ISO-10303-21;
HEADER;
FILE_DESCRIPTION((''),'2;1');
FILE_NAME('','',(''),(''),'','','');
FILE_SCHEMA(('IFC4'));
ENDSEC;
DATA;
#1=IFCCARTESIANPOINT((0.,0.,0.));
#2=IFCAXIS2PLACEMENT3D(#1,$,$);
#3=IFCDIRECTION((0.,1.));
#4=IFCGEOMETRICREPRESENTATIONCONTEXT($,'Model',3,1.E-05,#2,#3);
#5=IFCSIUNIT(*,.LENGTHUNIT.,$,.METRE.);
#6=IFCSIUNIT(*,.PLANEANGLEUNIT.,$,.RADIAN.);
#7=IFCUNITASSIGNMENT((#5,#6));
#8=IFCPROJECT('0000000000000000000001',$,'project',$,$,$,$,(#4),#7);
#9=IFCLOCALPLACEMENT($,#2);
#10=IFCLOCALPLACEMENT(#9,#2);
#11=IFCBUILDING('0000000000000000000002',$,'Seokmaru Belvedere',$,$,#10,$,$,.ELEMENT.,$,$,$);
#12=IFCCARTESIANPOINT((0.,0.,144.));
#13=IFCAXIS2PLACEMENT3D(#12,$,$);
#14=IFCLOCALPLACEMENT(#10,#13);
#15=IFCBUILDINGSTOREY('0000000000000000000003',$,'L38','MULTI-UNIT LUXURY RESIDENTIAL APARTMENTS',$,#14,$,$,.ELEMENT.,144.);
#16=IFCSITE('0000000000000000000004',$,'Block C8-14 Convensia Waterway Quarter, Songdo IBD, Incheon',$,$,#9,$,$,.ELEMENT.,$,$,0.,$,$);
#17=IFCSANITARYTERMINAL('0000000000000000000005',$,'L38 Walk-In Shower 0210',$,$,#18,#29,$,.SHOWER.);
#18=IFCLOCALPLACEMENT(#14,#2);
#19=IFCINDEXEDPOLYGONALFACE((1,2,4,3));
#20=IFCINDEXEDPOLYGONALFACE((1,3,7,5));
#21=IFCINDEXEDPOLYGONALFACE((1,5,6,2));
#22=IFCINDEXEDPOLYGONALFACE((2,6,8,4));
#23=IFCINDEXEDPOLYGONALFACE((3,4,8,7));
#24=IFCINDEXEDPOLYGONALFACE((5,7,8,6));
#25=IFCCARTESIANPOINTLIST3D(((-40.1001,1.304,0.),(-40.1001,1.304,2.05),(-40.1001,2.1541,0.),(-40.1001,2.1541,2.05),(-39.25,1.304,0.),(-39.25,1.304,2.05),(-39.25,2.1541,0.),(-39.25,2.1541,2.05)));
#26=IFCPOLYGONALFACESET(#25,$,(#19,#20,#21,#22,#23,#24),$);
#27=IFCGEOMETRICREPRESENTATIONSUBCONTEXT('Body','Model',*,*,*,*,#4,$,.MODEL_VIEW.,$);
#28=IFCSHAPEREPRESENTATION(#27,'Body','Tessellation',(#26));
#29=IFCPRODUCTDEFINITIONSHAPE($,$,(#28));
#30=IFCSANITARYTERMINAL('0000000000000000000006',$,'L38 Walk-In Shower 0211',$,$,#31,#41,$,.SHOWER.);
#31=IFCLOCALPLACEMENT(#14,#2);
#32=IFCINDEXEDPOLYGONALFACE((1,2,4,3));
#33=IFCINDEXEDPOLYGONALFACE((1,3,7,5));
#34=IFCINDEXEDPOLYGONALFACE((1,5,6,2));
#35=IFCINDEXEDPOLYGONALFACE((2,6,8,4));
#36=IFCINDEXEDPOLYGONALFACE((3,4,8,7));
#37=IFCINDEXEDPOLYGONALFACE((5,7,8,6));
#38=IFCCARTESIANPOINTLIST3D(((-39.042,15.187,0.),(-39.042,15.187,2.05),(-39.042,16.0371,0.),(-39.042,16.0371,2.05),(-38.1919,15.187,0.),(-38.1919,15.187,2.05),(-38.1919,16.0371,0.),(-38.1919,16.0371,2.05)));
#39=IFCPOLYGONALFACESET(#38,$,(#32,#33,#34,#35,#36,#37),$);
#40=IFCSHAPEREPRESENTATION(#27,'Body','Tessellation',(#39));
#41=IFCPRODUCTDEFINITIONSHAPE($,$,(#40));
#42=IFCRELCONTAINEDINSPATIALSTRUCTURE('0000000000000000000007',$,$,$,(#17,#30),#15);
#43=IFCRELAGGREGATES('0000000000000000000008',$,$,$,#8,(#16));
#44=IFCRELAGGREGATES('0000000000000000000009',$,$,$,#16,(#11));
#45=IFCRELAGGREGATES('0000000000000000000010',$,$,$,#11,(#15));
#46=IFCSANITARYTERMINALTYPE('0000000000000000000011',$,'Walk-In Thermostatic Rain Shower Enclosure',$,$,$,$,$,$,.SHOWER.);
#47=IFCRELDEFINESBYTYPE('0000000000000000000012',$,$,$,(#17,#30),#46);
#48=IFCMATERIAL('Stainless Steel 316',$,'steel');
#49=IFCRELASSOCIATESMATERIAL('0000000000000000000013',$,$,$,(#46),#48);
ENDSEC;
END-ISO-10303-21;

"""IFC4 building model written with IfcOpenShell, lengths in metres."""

from ifc_helpers import new_model, si_unit, direction, frame, origin, origin_2d, place, context, subcontext, project, spatial, rectangle, extrude, source, transform, mapped, material, type_object, type_shapes, element, save


model = new_model("IFC4")

# Units and contexts
model_context = context("Model", 3, precision=1e-05, world=origin(), true_north=direction((0.0, 1.0)))
body_context = subcontext(model_context, "Body", "Model", "MODEL_VIEW")
ifc_project = project(units=[si_unit("LENGTHUNIT", "METRE"), si_unit("PLANEANGLEUNIT", "RADIAN")], contexts=[model_context])

# Site, building, storey
site_placement = place(None, origin())
site = spatial("IfcSite", under=ifc_project, at=site_placement, Name="Block C8-14 Convensia Waterway Quarter, Songdo IBD, Incheon", CompositionType="ELEMENT", RefElevation=0.0)
building_placement = place(site_placement, origin())
building = spatial("IfcBuilding", under=site, at=building_placement, Name="Seokmaru Belvedere", CompositionType="ELEMENT")
storey_placement = place(building_placement, frame((0.0, 0.0, 144.0)))
storey = spatial("IfcBuildingStorey", under=building, at=storey_placement, Name="L38", Description="MULTI-UNIT LUXURY RESIDENTIAL APARTMENTS", CompositionType="ELEMENT", Elevation=144.0)

# Sanitary terminals
ifc_material_1 = material(Name="Stainless Steel 316", Category="steel")
sanitary_terminal_type_1 = type_object("IfcSanitaryTerminalType", Name="Walk-In Thermostatic Rain Shower Enclosure", PredefinedType="SHOWER", material=ifc_material_1)
shared_shape_1 = source(origin(), body_context, "Body", "SweptSolid", [
    extrude(rectangle(XDim=0.8501, YDim=0.8501, at=origin_2d()), origin(), (0.0, 0.0, 1.0), 2.05),
])
type_shapes(sanitary_terminal_type_1, [shared_shape_1])
for number, where, z_axis, x_axis, name in (
    (1, (-39.675, 1.729, 0.0), (0.0, 0.0, 1.0), (1.0, 0.0, 0.0), "L38 Walk-In Shower 0210"),
    (2, (-38.6169, 15.6121, 0.0), (0.0, 0.0, 1.0), (1.0, 0.0, 0.0), "L38 Walk-In Shower 0211"),
):
    element("IfcSanitaryTerminal", number, at=place(storey_placement, frame(where, z_axis=z_axis, x_axis=x_axis)), inside=storey, type_object=sanitary_terminal_type_1, Name=name, PredefinedType="SHOWER", context=body_context, shape_type="MappedRepresentation", body=[
        mapped(shared_shape_1, transform((0.0, 0.0, 0.0), scale=1.0)),
    ])

save(model, "model.ifc")
